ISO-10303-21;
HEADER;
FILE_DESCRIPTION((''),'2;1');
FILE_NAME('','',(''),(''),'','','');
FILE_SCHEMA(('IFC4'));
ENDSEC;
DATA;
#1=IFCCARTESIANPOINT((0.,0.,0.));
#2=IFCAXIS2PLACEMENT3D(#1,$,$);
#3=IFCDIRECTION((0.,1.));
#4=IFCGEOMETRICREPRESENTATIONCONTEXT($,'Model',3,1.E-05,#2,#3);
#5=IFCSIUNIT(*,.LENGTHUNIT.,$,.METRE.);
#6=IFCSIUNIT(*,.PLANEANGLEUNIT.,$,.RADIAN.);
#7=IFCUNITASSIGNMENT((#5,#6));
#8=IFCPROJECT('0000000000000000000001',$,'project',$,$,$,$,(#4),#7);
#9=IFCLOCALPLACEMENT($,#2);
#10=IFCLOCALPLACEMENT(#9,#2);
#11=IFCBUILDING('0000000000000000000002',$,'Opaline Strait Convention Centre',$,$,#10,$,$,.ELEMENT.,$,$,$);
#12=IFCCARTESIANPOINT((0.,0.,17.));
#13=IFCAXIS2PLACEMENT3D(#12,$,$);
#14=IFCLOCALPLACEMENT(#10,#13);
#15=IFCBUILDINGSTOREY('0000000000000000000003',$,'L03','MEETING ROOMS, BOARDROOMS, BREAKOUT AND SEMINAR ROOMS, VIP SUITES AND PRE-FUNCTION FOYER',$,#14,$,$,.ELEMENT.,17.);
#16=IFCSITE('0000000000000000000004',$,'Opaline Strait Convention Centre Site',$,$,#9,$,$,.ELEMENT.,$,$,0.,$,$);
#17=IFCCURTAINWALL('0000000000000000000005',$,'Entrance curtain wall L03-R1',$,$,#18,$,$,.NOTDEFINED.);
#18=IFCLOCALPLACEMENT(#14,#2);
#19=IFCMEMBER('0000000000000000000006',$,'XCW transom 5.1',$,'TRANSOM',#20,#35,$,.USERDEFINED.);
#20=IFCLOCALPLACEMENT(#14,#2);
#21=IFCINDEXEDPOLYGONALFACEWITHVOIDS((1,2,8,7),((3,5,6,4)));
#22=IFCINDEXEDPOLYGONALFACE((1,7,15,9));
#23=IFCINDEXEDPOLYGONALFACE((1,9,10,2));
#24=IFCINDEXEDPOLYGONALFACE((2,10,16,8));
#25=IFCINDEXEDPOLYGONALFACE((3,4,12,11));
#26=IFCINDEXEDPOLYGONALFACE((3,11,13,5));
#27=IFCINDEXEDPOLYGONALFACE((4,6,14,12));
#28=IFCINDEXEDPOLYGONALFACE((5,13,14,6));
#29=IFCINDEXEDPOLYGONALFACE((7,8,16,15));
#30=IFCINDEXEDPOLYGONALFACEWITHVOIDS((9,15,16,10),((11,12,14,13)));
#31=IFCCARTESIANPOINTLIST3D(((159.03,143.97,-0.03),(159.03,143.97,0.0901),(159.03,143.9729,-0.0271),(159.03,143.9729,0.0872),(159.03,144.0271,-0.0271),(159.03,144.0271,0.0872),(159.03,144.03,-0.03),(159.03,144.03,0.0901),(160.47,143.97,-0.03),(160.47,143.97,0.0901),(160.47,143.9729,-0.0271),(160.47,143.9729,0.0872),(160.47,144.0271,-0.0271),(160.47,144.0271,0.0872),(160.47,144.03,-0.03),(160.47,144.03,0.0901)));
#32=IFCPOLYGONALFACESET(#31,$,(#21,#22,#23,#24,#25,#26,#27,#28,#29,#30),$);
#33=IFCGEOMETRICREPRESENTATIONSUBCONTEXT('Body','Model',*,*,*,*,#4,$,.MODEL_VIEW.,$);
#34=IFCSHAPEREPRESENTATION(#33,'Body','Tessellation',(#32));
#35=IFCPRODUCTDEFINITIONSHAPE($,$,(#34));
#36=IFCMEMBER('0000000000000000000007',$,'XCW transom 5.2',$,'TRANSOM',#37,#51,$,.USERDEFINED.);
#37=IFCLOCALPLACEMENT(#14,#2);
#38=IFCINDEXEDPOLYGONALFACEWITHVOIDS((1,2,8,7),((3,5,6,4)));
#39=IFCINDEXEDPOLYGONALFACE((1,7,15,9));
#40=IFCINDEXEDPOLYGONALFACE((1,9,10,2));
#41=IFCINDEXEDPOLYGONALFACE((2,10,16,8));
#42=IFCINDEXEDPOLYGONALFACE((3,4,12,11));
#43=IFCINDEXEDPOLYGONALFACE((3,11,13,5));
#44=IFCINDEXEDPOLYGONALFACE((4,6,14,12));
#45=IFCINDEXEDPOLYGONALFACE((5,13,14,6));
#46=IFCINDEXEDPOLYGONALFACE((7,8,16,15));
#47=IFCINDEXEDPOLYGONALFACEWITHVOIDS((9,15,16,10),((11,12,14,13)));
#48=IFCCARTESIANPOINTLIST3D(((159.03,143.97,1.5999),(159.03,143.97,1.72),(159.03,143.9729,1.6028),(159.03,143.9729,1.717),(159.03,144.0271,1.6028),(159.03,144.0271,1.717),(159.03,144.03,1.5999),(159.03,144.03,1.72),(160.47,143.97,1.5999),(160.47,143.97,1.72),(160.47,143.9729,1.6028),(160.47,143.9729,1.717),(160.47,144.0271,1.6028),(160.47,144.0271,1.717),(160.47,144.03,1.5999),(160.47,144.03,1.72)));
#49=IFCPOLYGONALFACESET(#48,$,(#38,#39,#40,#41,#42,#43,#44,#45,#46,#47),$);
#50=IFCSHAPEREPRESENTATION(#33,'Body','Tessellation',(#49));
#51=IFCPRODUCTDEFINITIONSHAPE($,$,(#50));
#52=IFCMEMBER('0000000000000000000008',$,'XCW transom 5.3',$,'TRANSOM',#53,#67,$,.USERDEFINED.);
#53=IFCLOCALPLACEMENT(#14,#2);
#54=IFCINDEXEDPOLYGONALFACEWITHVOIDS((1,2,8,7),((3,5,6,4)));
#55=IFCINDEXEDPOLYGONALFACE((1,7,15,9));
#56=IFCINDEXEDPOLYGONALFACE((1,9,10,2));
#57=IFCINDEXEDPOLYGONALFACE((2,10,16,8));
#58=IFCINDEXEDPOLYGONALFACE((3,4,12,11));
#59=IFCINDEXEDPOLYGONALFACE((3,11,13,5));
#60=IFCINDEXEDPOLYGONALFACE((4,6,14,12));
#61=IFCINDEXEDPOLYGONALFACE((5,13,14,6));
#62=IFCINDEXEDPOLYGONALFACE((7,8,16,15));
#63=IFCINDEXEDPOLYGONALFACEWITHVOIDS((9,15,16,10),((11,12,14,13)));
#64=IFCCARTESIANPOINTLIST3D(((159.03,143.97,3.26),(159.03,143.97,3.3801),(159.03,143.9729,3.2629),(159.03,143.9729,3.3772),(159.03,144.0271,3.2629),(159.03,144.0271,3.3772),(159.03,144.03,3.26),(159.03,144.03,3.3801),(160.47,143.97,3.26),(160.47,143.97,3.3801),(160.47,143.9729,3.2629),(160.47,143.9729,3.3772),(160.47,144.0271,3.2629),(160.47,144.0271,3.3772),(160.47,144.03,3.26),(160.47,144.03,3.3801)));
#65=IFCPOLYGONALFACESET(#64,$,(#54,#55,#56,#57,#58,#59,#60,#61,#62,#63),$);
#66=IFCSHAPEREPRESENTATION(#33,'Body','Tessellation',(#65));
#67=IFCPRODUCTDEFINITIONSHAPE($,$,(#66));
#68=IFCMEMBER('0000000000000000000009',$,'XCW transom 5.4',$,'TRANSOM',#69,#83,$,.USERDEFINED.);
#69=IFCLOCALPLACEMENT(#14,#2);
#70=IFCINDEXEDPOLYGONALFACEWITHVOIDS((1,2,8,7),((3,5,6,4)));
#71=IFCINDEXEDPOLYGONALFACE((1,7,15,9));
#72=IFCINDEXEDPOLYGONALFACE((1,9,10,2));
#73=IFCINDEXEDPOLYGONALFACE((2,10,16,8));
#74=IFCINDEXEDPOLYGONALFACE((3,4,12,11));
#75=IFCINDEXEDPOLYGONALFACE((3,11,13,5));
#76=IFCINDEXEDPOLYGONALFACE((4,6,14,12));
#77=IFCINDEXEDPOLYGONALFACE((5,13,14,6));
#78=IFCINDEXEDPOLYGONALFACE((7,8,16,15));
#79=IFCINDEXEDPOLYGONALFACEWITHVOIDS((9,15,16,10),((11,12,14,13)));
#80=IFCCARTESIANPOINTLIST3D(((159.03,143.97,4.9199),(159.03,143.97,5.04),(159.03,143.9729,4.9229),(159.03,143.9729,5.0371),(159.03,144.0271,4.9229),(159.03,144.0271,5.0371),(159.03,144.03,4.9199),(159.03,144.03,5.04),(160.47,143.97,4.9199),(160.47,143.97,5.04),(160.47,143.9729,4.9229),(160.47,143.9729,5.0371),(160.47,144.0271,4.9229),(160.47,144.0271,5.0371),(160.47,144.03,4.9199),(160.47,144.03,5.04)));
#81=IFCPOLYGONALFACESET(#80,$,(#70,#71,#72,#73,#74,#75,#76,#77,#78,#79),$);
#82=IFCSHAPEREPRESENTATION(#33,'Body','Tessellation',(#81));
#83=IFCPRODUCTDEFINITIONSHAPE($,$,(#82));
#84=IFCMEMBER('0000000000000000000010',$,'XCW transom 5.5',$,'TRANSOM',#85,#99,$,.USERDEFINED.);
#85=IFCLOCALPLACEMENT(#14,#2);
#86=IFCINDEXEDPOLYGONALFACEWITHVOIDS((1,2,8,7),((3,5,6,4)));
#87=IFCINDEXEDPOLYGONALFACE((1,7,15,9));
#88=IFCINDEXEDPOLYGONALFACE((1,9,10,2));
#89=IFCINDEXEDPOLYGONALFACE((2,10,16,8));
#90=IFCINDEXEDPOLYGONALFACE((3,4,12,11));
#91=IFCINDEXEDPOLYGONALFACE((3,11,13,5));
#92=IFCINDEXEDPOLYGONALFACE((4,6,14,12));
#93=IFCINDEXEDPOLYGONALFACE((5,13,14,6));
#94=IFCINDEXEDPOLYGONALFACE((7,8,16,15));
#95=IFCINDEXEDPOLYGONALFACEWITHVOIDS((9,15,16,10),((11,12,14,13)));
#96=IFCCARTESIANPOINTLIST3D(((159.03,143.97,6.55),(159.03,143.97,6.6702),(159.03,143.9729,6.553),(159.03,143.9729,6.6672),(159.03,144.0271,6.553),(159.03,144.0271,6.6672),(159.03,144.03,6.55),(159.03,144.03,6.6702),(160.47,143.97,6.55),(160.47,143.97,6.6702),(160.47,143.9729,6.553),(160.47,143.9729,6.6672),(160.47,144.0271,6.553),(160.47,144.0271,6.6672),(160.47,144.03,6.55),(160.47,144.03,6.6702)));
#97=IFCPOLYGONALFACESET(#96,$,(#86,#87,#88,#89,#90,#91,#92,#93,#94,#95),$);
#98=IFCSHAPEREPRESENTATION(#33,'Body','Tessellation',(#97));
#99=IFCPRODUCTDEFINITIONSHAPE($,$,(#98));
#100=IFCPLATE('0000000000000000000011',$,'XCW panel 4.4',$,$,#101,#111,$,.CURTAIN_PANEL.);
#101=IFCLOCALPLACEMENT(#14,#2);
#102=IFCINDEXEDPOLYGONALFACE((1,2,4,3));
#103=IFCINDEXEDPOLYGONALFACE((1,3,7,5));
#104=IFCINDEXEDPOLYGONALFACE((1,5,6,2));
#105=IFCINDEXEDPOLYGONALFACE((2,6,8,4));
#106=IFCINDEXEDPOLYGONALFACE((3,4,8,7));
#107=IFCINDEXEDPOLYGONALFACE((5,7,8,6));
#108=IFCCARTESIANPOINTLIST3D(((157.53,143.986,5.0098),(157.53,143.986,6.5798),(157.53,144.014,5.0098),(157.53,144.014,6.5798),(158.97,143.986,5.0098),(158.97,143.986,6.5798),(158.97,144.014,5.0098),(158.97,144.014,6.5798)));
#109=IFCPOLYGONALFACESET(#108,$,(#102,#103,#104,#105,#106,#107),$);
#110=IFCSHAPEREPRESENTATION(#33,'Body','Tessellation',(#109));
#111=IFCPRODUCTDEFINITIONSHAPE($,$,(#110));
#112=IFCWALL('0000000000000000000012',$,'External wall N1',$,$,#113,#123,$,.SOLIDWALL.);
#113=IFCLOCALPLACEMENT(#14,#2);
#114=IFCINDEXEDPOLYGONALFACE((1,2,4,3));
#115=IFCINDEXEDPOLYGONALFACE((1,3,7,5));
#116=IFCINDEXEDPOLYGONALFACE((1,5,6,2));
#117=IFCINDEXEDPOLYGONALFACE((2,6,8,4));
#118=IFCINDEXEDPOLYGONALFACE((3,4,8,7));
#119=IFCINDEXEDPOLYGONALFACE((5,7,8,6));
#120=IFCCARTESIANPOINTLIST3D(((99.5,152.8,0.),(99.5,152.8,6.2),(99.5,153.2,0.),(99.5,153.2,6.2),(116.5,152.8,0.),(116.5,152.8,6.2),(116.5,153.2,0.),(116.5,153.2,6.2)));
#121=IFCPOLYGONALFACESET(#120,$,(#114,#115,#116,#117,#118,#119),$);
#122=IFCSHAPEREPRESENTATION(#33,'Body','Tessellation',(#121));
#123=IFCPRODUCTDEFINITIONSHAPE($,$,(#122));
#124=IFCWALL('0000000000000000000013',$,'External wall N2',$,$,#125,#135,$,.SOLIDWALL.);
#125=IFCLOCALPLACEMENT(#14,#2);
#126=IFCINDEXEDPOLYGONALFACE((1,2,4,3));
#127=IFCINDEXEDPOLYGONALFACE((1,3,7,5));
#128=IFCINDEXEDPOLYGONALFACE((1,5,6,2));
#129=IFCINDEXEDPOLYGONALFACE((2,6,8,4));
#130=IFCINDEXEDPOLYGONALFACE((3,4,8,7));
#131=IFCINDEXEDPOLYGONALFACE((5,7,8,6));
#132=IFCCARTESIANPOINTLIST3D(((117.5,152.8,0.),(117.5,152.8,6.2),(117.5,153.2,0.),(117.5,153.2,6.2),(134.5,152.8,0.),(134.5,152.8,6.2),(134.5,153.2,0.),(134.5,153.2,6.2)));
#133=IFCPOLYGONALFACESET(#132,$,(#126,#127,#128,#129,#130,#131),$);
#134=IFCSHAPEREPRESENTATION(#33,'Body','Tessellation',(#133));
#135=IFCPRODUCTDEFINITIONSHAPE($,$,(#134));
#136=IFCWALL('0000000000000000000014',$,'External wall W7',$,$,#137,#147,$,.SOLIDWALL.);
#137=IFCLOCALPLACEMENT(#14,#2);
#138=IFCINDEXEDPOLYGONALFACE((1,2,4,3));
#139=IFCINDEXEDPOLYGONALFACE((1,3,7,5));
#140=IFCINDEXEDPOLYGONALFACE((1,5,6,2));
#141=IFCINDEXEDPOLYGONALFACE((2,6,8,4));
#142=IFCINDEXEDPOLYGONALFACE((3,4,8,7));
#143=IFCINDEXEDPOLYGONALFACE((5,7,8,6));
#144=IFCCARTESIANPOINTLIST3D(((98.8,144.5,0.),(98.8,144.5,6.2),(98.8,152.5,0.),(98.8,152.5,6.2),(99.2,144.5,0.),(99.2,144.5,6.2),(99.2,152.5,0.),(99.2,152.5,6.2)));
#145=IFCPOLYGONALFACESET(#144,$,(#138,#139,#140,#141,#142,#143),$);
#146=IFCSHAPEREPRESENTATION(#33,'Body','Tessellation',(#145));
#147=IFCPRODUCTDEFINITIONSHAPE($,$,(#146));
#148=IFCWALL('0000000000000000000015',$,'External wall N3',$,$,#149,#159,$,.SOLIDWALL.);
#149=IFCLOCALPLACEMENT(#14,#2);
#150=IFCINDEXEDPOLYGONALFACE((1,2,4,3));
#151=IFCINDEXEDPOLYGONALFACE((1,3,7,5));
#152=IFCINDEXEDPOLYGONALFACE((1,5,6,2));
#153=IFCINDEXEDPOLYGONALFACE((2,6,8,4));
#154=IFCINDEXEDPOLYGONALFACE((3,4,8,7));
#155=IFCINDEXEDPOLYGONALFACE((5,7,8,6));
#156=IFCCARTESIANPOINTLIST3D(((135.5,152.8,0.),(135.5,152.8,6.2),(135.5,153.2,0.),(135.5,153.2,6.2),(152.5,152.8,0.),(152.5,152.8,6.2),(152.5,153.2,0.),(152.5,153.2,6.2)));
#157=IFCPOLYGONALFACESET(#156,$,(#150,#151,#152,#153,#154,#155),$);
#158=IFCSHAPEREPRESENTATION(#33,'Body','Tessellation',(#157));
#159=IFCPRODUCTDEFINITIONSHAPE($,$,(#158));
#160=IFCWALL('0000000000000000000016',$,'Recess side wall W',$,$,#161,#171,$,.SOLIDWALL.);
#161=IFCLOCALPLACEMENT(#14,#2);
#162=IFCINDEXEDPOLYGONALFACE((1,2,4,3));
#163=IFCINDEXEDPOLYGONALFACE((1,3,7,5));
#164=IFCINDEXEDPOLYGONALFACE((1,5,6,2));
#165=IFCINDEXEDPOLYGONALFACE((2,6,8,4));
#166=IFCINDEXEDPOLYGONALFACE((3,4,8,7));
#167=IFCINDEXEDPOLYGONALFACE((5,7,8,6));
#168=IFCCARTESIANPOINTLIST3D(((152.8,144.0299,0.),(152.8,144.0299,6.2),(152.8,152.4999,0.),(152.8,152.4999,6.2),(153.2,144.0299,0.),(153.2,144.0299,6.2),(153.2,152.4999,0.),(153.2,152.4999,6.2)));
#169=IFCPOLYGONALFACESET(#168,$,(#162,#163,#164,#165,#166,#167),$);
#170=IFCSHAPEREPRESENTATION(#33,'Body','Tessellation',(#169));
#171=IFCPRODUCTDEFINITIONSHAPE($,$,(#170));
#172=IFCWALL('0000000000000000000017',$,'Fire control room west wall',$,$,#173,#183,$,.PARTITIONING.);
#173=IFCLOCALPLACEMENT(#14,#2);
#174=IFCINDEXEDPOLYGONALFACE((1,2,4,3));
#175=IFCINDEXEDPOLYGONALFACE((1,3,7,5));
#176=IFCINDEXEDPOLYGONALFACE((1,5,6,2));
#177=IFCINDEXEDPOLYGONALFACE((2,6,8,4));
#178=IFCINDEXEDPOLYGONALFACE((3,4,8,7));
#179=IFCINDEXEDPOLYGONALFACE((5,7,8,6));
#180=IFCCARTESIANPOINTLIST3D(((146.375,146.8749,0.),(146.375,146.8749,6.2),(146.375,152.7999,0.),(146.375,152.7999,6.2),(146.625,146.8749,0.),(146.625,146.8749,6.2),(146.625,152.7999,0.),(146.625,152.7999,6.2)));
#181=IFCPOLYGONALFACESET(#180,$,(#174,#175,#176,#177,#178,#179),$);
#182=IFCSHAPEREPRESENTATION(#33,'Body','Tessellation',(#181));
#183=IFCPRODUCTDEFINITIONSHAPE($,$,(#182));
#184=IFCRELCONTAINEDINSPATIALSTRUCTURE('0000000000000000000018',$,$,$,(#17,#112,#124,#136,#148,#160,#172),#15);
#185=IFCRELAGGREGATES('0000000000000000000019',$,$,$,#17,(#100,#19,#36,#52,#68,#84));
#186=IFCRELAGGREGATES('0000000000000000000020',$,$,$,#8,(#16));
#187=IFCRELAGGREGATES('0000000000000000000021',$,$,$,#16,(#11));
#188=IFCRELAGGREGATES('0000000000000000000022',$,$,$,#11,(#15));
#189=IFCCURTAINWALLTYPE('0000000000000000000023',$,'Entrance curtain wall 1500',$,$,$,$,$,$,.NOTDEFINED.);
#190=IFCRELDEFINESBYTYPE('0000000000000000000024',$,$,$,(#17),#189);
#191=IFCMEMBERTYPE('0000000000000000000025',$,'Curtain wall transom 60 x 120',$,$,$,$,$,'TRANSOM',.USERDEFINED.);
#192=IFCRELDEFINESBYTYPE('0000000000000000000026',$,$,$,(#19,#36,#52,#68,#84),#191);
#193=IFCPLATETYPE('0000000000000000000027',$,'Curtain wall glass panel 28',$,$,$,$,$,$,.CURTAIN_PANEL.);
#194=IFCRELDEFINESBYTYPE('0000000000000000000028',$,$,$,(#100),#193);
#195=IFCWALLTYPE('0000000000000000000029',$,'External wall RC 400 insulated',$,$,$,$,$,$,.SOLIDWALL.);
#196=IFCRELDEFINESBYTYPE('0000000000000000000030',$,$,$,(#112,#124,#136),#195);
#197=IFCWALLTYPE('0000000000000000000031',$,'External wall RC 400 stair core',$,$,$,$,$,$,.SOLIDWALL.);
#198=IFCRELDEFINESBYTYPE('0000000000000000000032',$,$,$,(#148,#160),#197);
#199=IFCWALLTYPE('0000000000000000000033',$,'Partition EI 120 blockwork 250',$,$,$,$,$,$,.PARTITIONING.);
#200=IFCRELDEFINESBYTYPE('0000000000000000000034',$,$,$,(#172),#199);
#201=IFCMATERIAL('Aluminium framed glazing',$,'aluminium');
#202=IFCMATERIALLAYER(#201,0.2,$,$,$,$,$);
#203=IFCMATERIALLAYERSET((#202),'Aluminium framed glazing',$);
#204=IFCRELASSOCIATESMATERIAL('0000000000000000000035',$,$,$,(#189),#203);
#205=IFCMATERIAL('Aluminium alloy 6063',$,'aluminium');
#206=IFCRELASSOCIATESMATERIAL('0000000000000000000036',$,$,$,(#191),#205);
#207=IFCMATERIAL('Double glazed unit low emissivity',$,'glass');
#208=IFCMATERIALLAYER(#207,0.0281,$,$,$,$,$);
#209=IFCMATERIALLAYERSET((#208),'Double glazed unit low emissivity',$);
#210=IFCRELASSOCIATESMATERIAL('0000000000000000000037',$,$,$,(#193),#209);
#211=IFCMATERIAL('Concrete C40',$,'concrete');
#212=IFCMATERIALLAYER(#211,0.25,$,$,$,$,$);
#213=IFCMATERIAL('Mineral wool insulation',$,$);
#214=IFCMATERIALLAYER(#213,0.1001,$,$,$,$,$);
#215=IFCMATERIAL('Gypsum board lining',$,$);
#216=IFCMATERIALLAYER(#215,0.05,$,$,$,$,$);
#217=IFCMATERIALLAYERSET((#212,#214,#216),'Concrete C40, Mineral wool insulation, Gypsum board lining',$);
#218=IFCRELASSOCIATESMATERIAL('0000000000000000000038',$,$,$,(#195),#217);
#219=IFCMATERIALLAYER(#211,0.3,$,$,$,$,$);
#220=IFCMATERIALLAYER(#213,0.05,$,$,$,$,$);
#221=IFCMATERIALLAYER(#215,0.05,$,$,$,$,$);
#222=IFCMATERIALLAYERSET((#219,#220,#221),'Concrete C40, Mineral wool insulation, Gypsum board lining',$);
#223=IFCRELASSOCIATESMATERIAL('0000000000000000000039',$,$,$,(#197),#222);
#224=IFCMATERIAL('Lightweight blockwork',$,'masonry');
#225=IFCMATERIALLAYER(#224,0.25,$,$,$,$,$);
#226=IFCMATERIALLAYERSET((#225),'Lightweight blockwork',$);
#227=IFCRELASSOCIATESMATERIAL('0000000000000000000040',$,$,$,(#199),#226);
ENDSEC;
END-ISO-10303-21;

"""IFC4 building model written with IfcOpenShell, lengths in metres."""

from ifc_helpers import new_model, si_unit, direction, frame, frame_2d, origin, origin_2d, place, context, subcontext, project, spatial, rectangle, hollow_rectangle, extrude, material, layer, layer_set, material_profile, profile_set, type_object, element, aggregate, save


model = new_model("IFC4")

# Units and contexts
model_context = context("Model", 3, precision=1e-05, world=origin(), true_north=direction((0.0, 1.0)))
body_context = subcontext(model_context, "Body", "Model", "MODEL_VIEW")
ifc_project = project(units=[si_unit("LENGTHUNIT", "METRE"), si_unit("PLANEANGLEUNIT", "RADIAN")], contexts=[model_context])

# Site, building, storey
site_placement = place(None, origin())
site = spatial("IfcSite", under=ifc_project, at=site_placement, Name="Opaline Strait Convention Centre Site", CompositionType="ELEMENT", RefElevation=0.0)
building_placement = place(site_placement, origin())
building = spatial("IfcBuilding", under=site, at=building_placement, Name="Opaline Strait Convention Centre", CompositionType="ELEMENT")
storey_placement = place(building_placement, frame((0.0, 0.0, 17.0)))
storey = spatial("IfcBuildingStorey", under=building, at=storey_placement, Name="L03", Description="MEETING ROOMS, BOARDROOMS, BREAKOUT AND SEMINAR ROOMS, VIP SUITES AND PRE-FUNCTION FOYER", CompositionType="ELEMENT", Elevation=17.0)

# Shared definitions
ifc_material_1 = material(Name="Concrete C40", Category="concrete")

# Curtain wall, members, plate
ifc_material_2 = material(Name="Aluminium framed glazing", Category="aluminium")
ifc_layer_1 = layer(ifc_material_2, 0.2)
ifc_layer_set_1 = layer_set([ifc_layer_1], Name="Aluminium framed glazing")
curtain_wall_type = type_object("IfcCurtainWallType", Name="Entrance curtain wall 1500", PredefinedType="NOTDEFINED", material=ifc_layer_set_1)
curtain_wall_placement = place(storey_placement, origin())
curtain_wall = element("IfcCurtainWall", 1, at=curtain_wall_placement, inside=storey, type_object=curtain_wall_type, Name="Entrance curtain wall L03-R1", PredefinedType="NOTDEFINED")
ifc_material_3 = material(Name="Aluminium alloy 6063", Category="aluminium")
ifc_material_profile_1 = material_profile(ifc_material_3, hollow_rectangle(XDim=0.0601, YDim=0.1201, WallThickness=0.0029, at=origin_2d()), Name="TRANSOM 60x120x3")
ifc_profile_set_1 = profile_set([ifc_material_profile_1], Name="Aluminium alloy 6063")
member_type_1 = type_object("IfcMemberType", Name="Curtain wall transom 60 x 120", ElementType="TRANSOM", PredefinedType="USERDEFINED", material=ifc_profile_set_1)
member_1_placement = place(storey_placement, frame((159.03, 144.0, 0.03), z_axis=(1.0, 0.0, 0.0), x_axis=(0.0, 1.0, 0.0)))
member_1 = element("IfcMember", 2, at=member_1_placement, type_object=member_type_1, Name="XCW transom 5.1", ObjectType="TRANSOM", PredefinedType="USERDEFINED", context=body_context, shape_type="SweptSolid", body=[
    extrude(hollow_rectangle(XDim=0.0601, YDim=0.1201, WallThickness=0.0029, at=origin_2d()), origin(), (0.0, 0.0, 1.0), 1.4399),
])
member_2_placement = place(storey_placement, frame((159.03, 144.0, 1.6599), z_axis=(1.0, 0.0, 0.0), x_axis=(0.0, 1.0, 0.0)))
member_2 = element("IfcMember", 3, at=member_2_placement, type_object=member_type_1, Name="XCW transom 5.2", ObjectType="TRANSOM", PredefinedType="USERDEFINED", context=body_context, shape_type="SweptSolid", body=[
    extrude(hollow_rectangle(XDim=0.0601, YDim=0.1201, WallThickness=0.0029, at=origin_2d()), origin(), (0.0, 0.0, 1.0), 1.4399),
])
member_3_placement = place(storey_placement, frame((159.03, 144.0, 3.3201), z_axis=(1.0, 0.0, 0.0), x_axis=(0.0, 1.0, 0.0)))
member_3 = element("IfcMember", 4, at=member_3_placement, type_object=member_type_1, Name="XCW transom 5.3", ObjectType="TRANSOM", PredefinedType="USERDEFINED", context=body_context, shape_type="SweptSolid", body=[
    extrude(hollow_rectangle(XDim=0.0601, YDim=0.1201, WallThickness=0.0029, at=origin_2d()), origin(), (0.0, 0.0, 1.0), 1.4399),
])
member_4_placement = place(storey_placement, frame((159.03, 144.0, 4.98), z_axis=(1.0, 0.0, 0.0), x_axis=(0.0, 1.0, 0.0)))
member_4 = element("IfcMember", 5, at=member_4_placement, type_object=member_type_1, Name="XCW transom 5.4", ObjectType="TRANSOM", PredefinedType="USERDEFINED", context=body_context, shape_type="SweptSolid", body=[
    extrude(hollow_rectangle(XDim=0.0601, YDim=0.1201, WallThickness=0.0029, at=origin_2d()), origin(), (0.0, 0.0, 1.0), 1.4399),
])
member_5_placement = place(storey_placement, frame((159.03, 144.0, 6.6101), z_axis=(1.0, 0.0, 0.0), x_axis=(0.0, 1.0, 0.0)))
member_5 = element("IfcMember", 6, at=member_5_placement, type_object=member_type_1, Name="XCW transom 5.5", ObjectType="TRANSOM", PredefinedType="USERDEFINED", context=body_context, shape_type="SweptSolid", body=[
    extrude(hollow_rectangle(XDim=0.0601, YDim=0.1201, WallThickness=0.0029, at=origin_2d()), origin(), (0.0, 0.0, 1.0), 1.4399),
])
ifc_material_4 = material(Name="Double glazed unit low emissivity", Category="glass")
ifc_layer_2 = layer(ifc_material_4, 0.0281)
ifc_layer_set_2 = layer_set([ifc_layer_2], Name="Double glazed unit low emissivity")
plate_type = type_object("IfcPlateType", Name="Curtain wall glass panel 28", PredefinedType="CURTAIN_PANEL", material=ifc_layer_set_2)
plate_placement = place(storey_placement, frame((158.25, 144.0, 5.0098), z_axis=(0.0, 0.0, 1.0), x_axis=(1.0, 0.0, 0.0)))
plate = element("IfcPlate", 7, at=plate_placement, type_object=plate_type, Name="XCW panel 4.4", PredefinedType="CURTAIN_PANEL", context=body_context, shape_type="SweptSolid", body=[
    extrude(rectangle(XDim=1.4399, YDim=0.0281, at=origin_2d()), origin(), (0.0, 0.0, 1.0), 1.5701),
])
aggregate(curtain_wall, [plate, member_1, member_2, member_3, member_4, member_5])

# Walls
ifc_layer_3 = layer(ifc_material_1, 0.25)
ifc_material_5 = material(Name="Mineral wool insulation")
ifc_layer_4 = layer(ifc_material_5, 0.1001)
ifc_material_6 = material(Name="Gypsum board lining")
ifc_layer_5 = layer(ifc_material_6, 0.05)
ifc_layer_set_3 = layer_set([ifc_layer_3, ifc_layer_4, ifc_layer_5], Name="Concrete C40, Mineral wool insulation, Gypsum board lining")
wall_type_1 = type_object("IfcWallType", Name="External wall RC 400 insulated", PredefinedType="SOLIDWALL", material=ifc_layer_set_3)
for number, where, z_axis, x_axis, name in (
    (8, (99.5, 153.0, 0.0), (0.0, 0.0, 1.0), (1.0, 0.0, 0.0), "External wall N1"),
    (9, (117.5, 153.0, 0.0), (0.0, 0.0, 1.0), (1.0, 0.0, 0.0), "External wall N2"),
):
    element("IfcWall", number, at=place(storey_placement, frame(where, z_axis=z_axis, x_axis=x_axis)), inside=storey, type_object=wall_type_1, Name=name, PredefinedType="SOLIDWALL", context=body_context, shape_type="SweptSolid", body=[
        extrude(rectangle(XDim=17.0, YDim=0.3999, at=frame_2d((8.5, 0.0))), origin(), (0.0, 0.0, 1.0), 6.2),
    ])
wall_1_placement = place(storey_placement, frame((99.0, 144.5, 0.0), z_axis=(0.0, 0.0, 1.0), x_axis=(0.0, 1.0, 0.0)))
element("IfcWall", 10, at=wall_1_placement, inside=storey, type_object=wall_type_1, Name="External wall W7", PredefinedType="SOLIDWALL", context=body_context, shape_type="SweptSolid", body=[
    extrude(rectangle(XDim=8.0, YDim=0.3999, at=frame_2d((4.0, 0.0))), origin(), (0.0, 0.0, 1.0), 6.2),
])
ifc_layer_6 = layer(ifc_material_1, 0.3)
ifc_layer_7 = layer(ifc_material_5, 0.05)
ifc_layer_8 = layer(ifc_material_6, 0.05)
ifc_layer_set_4 = layer_set([ifc_layer_6, ifc_layer_7, ifc_layer_8], Name="Concrete C40, Mineral wool insulation, Gypsum board lining")
wall_type_2 = type_object("IfcWallType", Name="External wall RC 400 stair core", PredefinedType="SOLIDWALL", material=ifc_layer_set_4)
wall_2_placement = place(storey_placement, frame((135.5, 153.0, 0.0), z_axis=(0.0, 0.0, 1.0), x_axis=(1.0, 0.0, 0.0)))
element("IfcWall", 11, at=wall_2_placement, inside=storey, type_object=wall_type_2, Name="External wall N3", PredefinedType="SOLIDWALL", context=body_context, shape_type="SweptSolid", body=[
    extrude(rectangle(XDim=17.0, YDim=0.3999, at=frame_2d((8.5, 0.0))), origin(), (0.0, 0.0, 1.0), 6.2),
])
wall_3_placement = place(storey_placement, frame((153.0, 144.03, 0.0), z_axis=(0.0, 0.0, 1.0), x_axis=(0.0, 1.0, 0.0)))
element("IfcWall", 12, at=wall_3_placement, inside=storey, type_object=wall_type_2, Name="Recess side wall W", PredefinedType="SOLIDWALL", context=body_context, shape_type="SweptSolid", body=[
    extrude(rectangle(XDim=8.47, YDim=0.3999, at=frame_2d((4.2349, 0.0))), origin(), (0.0, 0.0, 1.0), 6.2),
])
ifc_material_7 = material(Name="Lightweight blockwork", Category="masonry")
ifc_layer_9 = layer(ifc_material_7, 0.25)
ifc_layer_set_5 = layer_set([ifc_layer_9], Name="Lightweight blockwork")
wall_type_3 = type_object("IfcWallType", Name="Partition EI 120 blockwork 250", PredefinedType="PARTITIONING", material=ifc_layer_set_5)
wall_4_placement = place(storey_placement, frame((146.5, 146.875, 0.0), z_axis=(0.0, 0.0, 1.0), x_axis=(0.0, 1.0, 0.0)))
element("IfcWall", 13, at=wall_4_placement, inside=storey, type_object=wall_type_3, Name="Fire control room west wall", PredefinedType="PARTITIONING", context=body_context, shape_type="SweptSolid", body=[
    extrude(rectangle(XDim=5.925, YDim=0.25, at=frame_2d((2.9624, 0.0))), origin(), (0.0, 0.0, 1.0), 6.2),
])

save(model, "model.ifc")
